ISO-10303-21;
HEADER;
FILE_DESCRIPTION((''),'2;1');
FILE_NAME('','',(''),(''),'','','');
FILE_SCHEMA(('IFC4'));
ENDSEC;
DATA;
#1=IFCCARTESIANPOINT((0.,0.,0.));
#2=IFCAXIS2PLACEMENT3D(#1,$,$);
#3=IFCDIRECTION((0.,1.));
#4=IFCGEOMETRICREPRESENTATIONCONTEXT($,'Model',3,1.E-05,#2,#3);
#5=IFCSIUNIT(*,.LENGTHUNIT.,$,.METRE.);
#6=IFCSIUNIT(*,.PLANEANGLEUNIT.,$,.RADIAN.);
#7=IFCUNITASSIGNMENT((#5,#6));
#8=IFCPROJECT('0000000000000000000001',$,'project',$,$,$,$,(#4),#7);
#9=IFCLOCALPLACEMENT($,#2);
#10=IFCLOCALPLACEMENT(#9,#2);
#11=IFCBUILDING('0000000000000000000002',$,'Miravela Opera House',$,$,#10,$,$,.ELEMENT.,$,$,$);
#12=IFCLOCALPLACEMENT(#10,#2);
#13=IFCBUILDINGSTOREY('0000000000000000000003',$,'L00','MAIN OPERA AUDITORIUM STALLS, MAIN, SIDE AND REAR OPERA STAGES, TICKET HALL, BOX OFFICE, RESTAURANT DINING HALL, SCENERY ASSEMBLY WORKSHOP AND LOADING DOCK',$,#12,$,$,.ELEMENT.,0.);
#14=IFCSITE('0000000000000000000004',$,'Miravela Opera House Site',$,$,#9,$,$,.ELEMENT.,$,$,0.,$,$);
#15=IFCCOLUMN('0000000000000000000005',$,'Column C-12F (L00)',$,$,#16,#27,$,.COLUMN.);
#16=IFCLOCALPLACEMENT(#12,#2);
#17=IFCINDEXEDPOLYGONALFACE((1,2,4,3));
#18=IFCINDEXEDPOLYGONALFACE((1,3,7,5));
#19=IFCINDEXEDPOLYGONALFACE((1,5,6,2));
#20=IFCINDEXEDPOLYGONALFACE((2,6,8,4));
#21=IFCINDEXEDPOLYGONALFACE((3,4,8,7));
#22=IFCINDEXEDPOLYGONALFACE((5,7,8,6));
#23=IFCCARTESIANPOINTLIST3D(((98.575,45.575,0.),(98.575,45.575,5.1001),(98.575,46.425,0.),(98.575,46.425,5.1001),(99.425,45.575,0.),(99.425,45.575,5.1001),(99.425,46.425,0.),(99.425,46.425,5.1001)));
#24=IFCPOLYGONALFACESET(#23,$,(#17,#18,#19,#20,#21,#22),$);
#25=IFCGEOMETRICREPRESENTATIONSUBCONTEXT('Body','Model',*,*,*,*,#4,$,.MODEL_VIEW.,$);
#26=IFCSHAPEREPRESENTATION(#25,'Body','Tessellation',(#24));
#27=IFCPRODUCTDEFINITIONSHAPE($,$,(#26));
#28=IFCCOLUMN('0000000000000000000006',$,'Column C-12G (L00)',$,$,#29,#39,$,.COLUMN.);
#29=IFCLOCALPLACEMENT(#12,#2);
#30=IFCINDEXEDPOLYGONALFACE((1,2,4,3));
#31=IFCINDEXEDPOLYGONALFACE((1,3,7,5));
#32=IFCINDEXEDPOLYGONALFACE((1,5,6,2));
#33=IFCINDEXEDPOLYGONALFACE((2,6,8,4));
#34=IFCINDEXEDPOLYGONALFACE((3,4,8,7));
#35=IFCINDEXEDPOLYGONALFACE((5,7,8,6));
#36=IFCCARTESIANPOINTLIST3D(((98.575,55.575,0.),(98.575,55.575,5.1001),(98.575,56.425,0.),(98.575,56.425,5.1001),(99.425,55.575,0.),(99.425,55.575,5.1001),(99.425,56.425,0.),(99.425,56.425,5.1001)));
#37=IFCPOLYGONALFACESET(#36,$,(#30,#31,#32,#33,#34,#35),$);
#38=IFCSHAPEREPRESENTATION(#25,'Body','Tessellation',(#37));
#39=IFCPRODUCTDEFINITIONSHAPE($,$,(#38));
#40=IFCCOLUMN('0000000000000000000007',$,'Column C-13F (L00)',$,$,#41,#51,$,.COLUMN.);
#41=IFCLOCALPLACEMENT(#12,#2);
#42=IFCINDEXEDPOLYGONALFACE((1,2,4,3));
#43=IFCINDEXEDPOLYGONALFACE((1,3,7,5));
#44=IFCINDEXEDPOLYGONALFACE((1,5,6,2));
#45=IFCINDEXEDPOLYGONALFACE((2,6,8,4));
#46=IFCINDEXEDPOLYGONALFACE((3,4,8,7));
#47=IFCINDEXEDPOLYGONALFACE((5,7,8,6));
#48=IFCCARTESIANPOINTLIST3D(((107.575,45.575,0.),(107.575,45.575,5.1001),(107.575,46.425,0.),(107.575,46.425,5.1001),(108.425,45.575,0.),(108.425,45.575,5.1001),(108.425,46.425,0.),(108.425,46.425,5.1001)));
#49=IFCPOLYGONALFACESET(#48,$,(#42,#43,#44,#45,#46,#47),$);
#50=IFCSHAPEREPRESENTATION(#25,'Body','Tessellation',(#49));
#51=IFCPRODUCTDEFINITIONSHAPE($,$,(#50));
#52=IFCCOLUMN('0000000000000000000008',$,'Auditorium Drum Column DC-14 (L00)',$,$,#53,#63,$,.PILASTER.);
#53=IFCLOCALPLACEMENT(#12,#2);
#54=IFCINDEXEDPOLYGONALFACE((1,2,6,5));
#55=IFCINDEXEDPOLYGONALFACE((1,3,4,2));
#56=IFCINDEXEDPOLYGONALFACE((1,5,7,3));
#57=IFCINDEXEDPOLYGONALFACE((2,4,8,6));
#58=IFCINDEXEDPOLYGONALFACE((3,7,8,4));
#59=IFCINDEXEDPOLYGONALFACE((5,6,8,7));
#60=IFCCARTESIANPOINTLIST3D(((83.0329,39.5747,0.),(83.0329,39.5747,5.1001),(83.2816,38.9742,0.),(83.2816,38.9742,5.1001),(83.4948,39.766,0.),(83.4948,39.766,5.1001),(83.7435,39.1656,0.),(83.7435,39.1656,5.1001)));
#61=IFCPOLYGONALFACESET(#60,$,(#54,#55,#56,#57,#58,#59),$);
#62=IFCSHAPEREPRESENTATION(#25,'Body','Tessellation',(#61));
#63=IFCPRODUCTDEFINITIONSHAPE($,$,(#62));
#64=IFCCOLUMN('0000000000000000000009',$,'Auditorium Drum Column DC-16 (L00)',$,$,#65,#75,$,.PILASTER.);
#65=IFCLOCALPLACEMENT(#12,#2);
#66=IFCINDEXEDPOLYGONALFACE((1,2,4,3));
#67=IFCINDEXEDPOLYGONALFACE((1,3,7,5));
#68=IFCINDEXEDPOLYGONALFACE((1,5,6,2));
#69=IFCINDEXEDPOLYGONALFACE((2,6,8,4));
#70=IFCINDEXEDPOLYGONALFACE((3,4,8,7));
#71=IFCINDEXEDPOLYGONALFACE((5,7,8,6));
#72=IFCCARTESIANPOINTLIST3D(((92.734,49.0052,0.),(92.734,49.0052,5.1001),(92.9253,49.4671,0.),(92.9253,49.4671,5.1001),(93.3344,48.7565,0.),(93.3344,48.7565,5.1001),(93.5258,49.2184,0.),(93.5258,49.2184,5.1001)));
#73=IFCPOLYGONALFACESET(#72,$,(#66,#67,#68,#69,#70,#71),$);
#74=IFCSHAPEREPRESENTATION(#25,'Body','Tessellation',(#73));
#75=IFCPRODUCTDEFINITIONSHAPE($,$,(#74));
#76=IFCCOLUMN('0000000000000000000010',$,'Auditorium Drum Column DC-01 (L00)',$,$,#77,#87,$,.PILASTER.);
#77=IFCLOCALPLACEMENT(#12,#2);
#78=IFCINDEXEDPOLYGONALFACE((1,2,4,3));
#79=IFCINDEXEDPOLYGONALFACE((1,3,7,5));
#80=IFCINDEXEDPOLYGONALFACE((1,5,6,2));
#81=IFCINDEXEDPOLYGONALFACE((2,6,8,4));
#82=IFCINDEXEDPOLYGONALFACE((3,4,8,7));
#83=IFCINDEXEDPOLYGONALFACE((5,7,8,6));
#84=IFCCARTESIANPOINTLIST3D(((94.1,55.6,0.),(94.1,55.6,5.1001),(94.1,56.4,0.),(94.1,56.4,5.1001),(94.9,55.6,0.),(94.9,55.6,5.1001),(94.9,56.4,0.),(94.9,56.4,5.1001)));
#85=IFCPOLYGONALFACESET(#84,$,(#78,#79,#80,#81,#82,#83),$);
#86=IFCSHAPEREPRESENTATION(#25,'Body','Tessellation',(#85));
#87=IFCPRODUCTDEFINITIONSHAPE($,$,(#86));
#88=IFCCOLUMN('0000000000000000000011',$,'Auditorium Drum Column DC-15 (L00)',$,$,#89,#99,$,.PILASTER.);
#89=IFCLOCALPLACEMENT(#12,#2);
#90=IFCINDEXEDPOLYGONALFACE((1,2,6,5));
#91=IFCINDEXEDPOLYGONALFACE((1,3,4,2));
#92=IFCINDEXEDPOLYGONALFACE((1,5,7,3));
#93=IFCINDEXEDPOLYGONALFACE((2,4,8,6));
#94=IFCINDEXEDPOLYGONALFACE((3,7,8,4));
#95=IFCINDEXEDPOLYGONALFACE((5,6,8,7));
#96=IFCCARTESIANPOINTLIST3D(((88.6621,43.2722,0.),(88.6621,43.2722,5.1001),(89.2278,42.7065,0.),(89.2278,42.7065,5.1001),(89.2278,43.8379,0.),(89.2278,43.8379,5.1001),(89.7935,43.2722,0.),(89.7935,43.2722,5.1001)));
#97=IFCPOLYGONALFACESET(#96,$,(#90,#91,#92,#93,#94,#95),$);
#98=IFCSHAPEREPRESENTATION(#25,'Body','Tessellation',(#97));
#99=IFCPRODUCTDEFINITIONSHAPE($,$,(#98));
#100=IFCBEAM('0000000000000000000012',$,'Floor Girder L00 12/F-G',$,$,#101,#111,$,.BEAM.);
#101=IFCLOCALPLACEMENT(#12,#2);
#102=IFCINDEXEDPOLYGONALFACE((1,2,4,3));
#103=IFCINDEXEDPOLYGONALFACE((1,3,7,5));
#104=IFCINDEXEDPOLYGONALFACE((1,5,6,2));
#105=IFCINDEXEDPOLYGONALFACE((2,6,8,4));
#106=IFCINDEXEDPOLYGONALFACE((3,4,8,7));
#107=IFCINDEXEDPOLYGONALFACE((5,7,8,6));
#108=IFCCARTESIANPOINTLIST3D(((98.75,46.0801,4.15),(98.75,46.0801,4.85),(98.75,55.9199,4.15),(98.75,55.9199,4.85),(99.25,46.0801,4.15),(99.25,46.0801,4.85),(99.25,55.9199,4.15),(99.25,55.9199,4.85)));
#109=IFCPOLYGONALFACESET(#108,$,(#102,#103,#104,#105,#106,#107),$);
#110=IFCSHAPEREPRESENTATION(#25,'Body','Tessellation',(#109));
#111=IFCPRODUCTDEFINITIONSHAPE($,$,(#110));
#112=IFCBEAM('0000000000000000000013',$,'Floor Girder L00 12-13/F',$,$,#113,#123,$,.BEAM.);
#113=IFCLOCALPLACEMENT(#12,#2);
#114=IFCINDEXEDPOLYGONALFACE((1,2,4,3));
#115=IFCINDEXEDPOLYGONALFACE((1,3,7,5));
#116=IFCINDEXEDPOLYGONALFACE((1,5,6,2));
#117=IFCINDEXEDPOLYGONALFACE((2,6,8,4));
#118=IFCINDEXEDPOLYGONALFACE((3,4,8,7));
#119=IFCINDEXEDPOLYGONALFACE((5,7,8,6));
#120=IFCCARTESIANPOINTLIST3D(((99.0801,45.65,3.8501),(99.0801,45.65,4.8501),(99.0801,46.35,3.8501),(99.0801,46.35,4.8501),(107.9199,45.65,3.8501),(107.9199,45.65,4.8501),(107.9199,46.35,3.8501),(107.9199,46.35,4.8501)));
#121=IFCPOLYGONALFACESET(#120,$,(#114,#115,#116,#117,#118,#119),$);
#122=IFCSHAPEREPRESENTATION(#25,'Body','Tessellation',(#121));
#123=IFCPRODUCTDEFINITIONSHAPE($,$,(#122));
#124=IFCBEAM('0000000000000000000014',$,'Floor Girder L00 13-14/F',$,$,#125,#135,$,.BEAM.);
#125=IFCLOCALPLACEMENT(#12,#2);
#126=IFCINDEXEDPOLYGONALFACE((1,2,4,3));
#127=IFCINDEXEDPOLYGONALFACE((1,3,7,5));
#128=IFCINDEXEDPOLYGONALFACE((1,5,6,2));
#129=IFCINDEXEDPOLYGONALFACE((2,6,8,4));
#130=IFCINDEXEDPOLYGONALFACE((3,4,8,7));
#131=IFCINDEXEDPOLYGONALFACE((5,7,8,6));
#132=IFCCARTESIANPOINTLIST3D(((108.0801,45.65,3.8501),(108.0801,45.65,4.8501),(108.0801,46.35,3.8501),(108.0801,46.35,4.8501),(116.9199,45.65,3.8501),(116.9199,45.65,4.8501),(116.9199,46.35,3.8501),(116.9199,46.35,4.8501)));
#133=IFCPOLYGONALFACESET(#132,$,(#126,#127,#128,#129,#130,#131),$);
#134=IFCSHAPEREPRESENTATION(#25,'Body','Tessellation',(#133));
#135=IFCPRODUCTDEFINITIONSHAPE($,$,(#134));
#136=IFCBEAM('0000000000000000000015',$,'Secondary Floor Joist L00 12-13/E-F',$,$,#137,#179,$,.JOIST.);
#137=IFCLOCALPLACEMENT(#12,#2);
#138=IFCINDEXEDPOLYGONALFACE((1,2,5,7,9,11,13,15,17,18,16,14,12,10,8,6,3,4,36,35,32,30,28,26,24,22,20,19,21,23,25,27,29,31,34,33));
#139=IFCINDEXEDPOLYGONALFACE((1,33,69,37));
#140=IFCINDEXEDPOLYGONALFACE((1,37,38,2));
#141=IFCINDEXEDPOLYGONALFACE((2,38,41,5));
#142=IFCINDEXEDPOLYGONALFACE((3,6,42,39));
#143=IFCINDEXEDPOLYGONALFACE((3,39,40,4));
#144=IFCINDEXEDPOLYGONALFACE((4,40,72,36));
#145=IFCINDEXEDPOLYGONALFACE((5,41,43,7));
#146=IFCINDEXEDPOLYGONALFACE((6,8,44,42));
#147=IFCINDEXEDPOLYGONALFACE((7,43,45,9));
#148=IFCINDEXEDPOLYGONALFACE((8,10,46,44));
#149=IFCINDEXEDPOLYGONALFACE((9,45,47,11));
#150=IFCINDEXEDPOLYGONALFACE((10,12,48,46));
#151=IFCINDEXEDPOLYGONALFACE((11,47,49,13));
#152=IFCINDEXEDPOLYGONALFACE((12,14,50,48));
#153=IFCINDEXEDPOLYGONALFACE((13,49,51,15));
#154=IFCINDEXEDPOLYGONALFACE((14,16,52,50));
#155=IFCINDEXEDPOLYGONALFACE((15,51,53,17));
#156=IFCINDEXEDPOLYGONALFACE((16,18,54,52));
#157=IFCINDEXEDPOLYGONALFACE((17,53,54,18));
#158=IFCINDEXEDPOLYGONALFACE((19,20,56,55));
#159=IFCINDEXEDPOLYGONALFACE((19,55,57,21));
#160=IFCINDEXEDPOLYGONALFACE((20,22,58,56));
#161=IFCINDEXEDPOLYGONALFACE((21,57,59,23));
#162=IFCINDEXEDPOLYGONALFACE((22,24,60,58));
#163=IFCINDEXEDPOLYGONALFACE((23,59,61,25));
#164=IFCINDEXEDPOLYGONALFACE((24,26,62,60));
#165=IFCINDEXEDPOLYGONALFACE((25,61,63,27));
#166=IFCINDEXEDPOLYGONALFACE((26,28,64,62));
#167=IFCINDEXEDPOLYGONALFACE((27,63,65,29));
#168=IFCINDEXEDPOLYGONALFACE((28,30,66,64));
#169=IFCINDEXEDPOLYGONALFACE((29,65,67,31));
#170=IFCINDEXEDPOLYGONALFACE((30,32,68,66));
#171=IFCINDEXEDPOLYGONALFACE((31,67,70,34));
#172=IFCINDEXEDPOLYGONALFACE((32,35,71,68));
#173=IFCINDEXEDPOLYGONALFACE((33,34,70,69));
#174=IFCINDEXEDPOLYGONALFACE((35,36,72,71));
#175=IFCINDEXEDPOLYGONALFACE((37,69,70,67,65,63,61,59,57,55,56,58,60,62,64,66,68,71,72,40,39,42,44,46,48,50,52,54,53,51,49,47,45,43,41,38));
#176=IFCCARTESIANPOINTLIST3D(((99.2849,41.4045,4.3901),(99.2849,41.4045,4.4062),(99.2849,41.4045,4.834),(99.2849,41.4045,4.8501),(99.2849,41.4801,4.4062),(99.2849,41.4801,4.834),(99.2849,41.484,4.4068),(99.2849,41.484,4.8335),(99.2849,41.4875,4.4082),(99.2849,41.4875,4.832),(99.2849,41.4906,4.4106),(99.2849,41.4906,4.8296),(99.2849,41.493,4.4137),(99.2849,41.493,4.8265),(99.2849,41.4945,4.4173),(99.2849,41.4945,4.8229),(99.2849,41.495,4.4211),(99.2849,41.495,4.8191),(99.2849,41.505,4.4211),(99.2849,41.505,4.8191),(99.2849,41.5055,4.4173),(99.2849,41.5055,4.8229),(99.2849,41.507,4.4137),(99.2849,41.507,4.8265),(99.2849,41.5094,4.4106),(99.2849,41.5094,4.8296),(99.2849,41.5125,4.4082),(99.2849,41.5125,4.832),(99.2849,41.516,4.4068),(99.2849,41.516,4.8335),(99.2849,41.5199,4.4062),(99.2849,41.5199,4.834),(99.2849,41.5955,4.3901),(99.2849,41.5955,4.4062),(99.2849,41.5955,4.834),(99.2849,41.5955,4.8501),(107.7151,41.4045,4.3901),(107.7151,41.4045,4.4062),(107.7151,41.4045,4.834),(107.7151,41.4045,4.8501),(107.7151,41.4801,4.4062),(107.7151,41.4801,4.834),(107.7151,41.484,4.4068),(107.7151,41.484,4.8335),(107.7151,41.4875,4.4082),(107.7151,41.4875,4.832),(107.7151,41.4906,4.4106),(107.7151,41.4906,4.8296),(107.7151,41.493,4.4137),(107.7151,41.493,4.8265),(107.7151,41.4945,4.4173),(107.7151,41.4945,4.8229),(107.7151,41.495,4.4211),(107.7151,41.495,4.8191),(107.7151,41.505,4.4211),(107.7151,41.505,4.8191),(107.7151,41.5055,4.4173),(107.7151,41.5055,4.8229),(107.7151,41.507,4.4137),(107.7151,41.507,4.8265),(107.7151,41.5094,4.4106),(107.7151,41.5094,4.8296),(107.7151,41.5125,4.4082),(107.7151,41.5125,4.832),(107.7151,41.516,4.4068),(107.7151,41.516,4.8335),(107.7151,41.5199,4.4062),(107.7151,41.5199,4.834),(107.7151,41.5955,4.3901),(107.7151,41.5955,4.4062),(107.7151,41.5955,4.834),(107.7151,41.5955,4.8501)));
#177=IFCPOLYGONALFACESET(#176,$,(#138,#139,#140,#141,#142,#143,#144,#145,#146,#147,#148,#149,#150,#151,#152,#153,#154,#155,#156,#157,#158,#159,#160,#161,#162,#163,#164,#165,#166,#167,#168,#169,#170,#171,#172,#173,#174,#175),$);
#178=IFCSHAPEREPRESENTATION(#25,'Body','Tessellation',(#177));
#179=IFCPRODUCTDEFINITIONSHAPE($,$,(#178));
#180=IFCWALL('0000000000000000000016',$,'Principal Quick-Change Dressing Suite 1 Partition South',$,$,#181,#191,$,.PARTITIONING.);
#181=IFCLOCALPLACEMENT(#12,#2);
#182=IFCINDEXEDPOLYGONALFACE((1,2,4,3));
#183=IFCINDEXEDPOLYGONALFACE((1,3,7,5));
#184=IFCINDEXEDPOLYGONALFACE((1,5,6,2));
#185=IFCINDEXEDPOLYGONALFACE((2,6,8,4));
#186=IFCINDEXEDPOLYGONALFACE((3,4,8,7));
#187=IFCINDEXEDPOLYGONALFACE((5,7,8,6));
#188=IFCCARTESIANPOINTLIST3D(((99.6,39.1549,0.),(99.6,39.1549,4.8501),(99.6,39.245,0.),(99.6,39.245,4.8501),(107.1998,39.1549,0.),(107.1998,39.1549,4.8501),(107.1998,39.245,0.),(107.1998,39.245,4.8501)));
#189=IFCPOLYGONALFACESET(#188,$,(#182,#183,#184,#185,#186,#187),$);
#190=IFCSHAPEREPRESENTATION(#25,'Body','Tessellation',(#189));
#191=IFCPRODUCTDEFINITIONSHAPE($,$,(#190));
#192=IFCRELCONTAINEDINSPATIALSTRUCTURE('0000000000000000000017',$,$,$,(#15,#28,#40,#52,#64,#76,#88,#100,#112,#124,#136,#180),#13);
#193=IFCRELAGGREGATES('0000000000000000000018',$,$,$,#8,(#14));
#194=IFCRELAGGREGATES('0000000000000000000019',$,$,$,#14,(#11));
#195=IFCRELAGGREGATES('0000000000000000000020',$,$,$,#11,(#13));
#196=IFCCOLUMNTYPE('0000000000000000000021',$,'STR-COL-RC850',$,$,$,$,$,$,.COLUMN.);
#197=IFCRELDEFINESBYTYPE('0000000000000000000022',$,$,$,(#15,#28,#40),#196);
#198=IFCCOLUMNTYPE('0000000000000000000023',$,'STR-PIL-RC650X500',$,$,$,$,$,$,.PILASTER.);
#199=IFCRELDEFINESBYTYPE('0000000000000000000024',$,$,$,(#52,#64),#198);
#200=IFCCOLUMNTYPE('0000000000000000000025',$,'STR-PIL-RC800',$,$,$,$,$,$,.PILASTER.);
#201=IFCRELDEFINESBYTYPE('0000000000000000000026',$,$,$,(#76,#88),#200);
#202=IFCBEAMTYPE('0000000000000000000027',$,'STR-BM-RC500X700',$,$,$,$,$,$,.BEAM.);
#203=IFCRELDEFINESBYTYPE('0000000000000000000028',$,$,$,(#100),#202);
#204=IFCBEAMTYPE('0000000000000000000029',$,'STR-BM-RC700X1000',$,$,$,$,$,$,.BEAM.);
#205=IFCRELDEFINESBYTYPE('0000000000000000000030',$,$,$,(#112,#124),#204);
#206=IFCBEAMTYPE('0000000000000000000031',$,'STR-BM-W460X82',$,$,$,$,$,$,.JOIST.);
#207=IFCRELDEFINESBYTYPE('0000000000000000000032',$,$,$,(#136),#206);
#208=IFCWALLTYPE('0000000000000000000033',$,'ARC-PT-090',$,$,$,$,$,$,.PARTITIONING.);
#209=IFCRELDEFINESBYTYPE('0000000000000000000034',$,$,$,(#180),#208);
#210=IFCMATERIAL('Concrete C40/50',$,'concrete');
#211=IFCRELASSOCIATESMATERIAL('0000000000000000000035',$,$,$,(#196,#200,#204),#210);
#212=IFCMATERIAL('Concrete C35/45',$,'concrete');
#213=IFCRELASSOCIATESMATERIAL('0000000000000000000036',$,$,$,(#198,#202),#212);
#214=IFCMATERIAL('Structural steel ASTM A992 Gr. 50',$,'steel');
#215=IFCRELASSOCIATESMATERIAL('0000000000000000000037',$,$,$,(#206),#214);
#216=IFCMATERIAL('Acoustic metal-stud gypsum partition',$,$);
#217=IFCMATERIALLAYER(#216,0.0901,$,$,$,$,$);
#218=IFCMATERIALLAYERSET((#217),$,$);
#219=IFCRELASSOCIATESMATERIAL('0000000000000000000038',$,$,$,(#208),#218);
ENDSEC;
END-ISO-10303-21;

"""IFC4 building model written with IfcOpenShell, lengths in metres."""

from ifc_helpers import new_model, si_unit, direction, frame, frame_2d, origin, origin_2d, place, context, subcontext, project, spatial, rectangle, i_section, extrude, material, layer, layer_set, material_profile, profile_set, type_object, element, save


model = new_model("IFC4")

# Units and contexts
model_context = context("Model", 3, precision=1e-05, world=origin(), true_north=direction((0.0, 1.0)))
body_context = subcontext(model_context, "Body", "Model", "MODEL_VIEW")
ifc_project = project(units=[si_unit("LENGTHUNIT", "METRE"), si_unit("PLANEANGLEUNIT", "RADIAN")], contexts=[model_context])

# Site, building, storey
site_placement = place(None, origin())
site = spatial("IfcSite", under=ifc_project, at=site_placement, Name="Miravela Opera House Site", CompositionType="ELEMENT", RefElevation=0.0)
building_placement = place(site_placement, origin())
building = spatial("IfcBuilding", under=site, at=building_placement, Name="Miravela Opera House", CompositionType="ELEMENT")
storey_placement = place(building_placement, origin())
storey = spatial("IfcBuildingStorey", under=building, at=storey_placement, Name="L00", Description="MAIN OPERA AUDITORIUM STALLS, MAIN, SIDE AND REAR OPERA STAGES, TICKET HALL, BOX OFFICE, RESTAURANT DINING HALL, SCENERY ASSEMBLY WORKSHOP AND LOADING DOCK", CompositionType="ELEMENT", Elevation=0.0)

# Columns
ifc_material_1 = material(Name="Concrete C40/50", Category="concrete")
ifc_material_profile_1 = material_profile(ifc_material_1, rectangle(XDim=0.8501, YDim=0.8501, at=origin_2d()), Name="RC-COL-850X850")
ifc_profile_set_1 = profile_set([ifc_material_profile_1])
column_type_1 = type_object("IfcColumnType", Name="STR-COL-RC850", PredefinedType="COLUMN", material=ifc_profile_set_1)
for number, where, z_axis, x_axis, name in (
    (1, (99.0, 46.0, 0.0), (0.0, 0.0, 1.0), (1.0, 0.0, 0.0), "Column C-12F (L00)"),
    (2, (99.0, 56.0, 0.0), (0.0, 0.0, 1.0), (1.0, 0.0, 0.0), "Column C-12G (L00)"),
    (3, (108.0, 46.0, 0.0), (0.0, 0.0, 1.0), (1.0, 0.0, 0.0), "Column C-13F (L00)"),
):
    element("IfcColumn", number, at=place(storey_placement, frame(where, z_axis=z_axis, x_axis=x_axis)), inside=storey, type_object=column_type_1, Name=name, PredefinedType="COLUMN", context=body_context, shape_type="SweptSolid", body=[
        extrude(rectangle(XDim=0.8501, YDim=0.8501, at=origin_2d()), origin(), (0.0, 0.0, 1.0), 5.1001),
    ])
ifc_material_2 = material(Name="Concrete C35/45", Category="concrete")
ifc_material_profile_2 = material_profile(ifc_material_2, rectangle(XDim=0.6499, YDim=0.5, at=origin_2d()), Name="RC-PIL-650X500")
ifc_profile_set_2 = profile_set([ifc_material_profile_2])
column_type_2 = type_object("IfcColumnType", Name="STR-PIL-RC650X500", PredefinedType="PILASTER", material=ifc_profile_set_2)
for number, where, z_axis, x_axis, name in (
    (4, (83.3882, 39.3701, 0.0), (0.0, 0.0, 1.0), (0.382683, -0.92388, 0.0), "Auditorium Drum Column DC-14 (L00)"),
    (5, (93.1299, 49.1118, 0.0), (0.0, 0.0, 1.0), (0.92388, -0.382683, 0.0), "Auditorium Drum Column DC-16 (L00)"),
):
    element("IfcColumn", number, at=place(storey_placement, frame(where, z_axis=z_axis, x_axis=x_axis)), inside=storey, type_object=column_type_2, Name=name, PredefinedType="PILASTER", context=body_context, shape_type="SweptSolid", body=[
        extrude(rectangle(XDim=0.6499, YDim=0.5, at=origin_2d()), origin(), (0.0, 0.0, 1.0), 5.1001),
    ])
ifc_material_profile_3 = material_profile(ifc_material_1, rectangle(XDim=0.8, YDim=0.8, at=origin_2d()), Name="RC-COL-800X800")
ifc_profile_set_3 = profile_set([ifc_material_profile_3])
column_type_3 = type_object("IfcColumnType", Name="STR-PIL-RC800", PredefinedType="PILASTER", material=ifc_profile_set_3)
for number, where, z_axis, x_axis, name in (
    (6, (94.5, 56.0, 0.0), (0.0, 0.0, 1.0), (1.0, 0.0, 0.0), "Auditorium Drum Column DC-01 (L00)"),
    (7, (89.2278, 43.2722, 0.0), (0.0, 0.0, 1.0), (0.707107, -0.707107, 0.0), "Auditorium Drum Column DC-15 (L00)"),
):
    element("IfcColumn", number, at=place(storey_placement, frame(where, z_axis=z_axis, x_axis=x_axis)), inside=storey, type_object=column_type_3, Name=name, PredefinedType="PILASTER", context=body_context, shape_type="SweptSolid", body=[
        extrude(rectangle(XDim=0.8, YDim=0.8, at=origin_2d()), origin(), (0.0, 0.0, 1.0), 5.1001),
    ])

# Beams
ifc_material_profile_4 = material_profile(ifc_material_2, rectangle(XDim=0.5, YDim=0.7, at=origin_2d()), Name="RC-BM-500X700")
ifc_profile_set_4 = profile_set([ifc_material_profile_4])
beam_type_1 = type_object("IfcBeamType", Name="STR-BM-RC500X700", PredefinedType="BEAM", material=ifc_profile_set_4)
beam_1_placement = place(storey_placement, frame((99.0, 46.0801, 4.5), z_axis=(0.0, 1.0, 0.0), x_axis=(-1.0, 0.0, 0.0)))
element("IfcBeam", 8, at=beam_1_placement, inside=storey, type_object=beam_type_1, Name="Floor Girder L00 12/F-G", PredefinedType="BEAM", context=body_context, shape_type="SweptSolid", body=[
    extrude(rectangle(XDim=0.5, YDim=0.7, at=origin_2d()), origin(), (0.0, 0.0, 1.0), 9.8398),
])
ifc_material_profile_5 = material_profile(ifc_material_1, rectangle(XDim=0.7, YDim=1.0, at=origin_2d()), Name="RC-BM-700X1000")
ifc_profile_set_5 = profile_set([ifc_material_profile_5])
beam_type_2 = type_object("IfcBeamType", Name="STR-BM-RC700X1000", PredefinedType="BEAM", material=ifc_profile_set_5)
for number, where, z_axis, x_axis, name in (
    (9, (99.0801, 46.0, 4.3501), (1.0, 0.0, 0.0), (0.0, 1.0, 0.0), "Floor Girder L00 12-13/F"),
    (10, (108.0801, 46.0, 4.3501), (1.0, 0.0, 0.0), (0.0, 1.0, 0.0), "Floor Girder L00 13-14/F"),
):
    element("IfcBeam", number, at=place(storey_placement, frame(where, z_axis=z_axis, x_axis=x_axis)), inside=storey, type_object=beam_type_2, Name=name, PredefinedType="BEAM", context=body_context, shape_type="SweptSolid", body=[
        extrude(rectangle(XDim=0.7, YDim=1.0, at=origin_2d()), origin(), (0.0, 0.0, 1.0), 8.8398),
    ])
ifc_material_3 = material(Name="Structural steel ASTM A992 Gr. 50", Category="steel")
ifc_material_profile_6 = material_profile(ifc_material_3, i_section(OverallWidth=0.1909, OverallDepth=0.46, WebThickness=0.01, FlangeThickness=0.0161, FilletRadius=0.0149, at=origin_2d()), Name="W460X82")
ifc_profile_set_6 = profile_set([ifc_material_profile_6])
beam_type_3 = type_object("IfcBeamType", Name="STR-BM-W460X82", PredefinedType="JOIST", material=ifc_profile_set_6)
beam_2_placement = place(storey_placement, frame((99.2849, 41.5, 4.6201), z_axis=(1.0, 0.0, 0.0), x_axis=(0.0, 1.0, 0.0)))
element("IfcBeam", 11, at=beam_2_placement, inside=storey, type_object=beam_type_3, Name="Secondary Floor Joist L00 12-13/E-F", PredefinedType="JOIST", context=body_context, shape_type="SweptSolid", body=[
    extrude(i_section(OverallWidth=0.1909, OverallDepth=0.46, WebThickness=0.01, FlangeThickness=0.0161, FilletRadius=0.0149, at=origin_2d()), origin(), (0.0, 0.0, 1.0), 8.4302),
])

# Wall
ifc_material_4 = material(Name="Acoustic metal-stud gypsum partition")
ifc_layer_1 = layer(ifc_material_4, 0.0901)
ifc_layer_set_1 = layer_set([ifc_layer_1])
wall_type_1 = type_object("IfcWallType", Name="ARC-PT-090", PredefinedType="PARTITIONING", material=ifc_layer_set_1)
wall_1_placement = place(storey_placement, frame((99.6001, 39.2, 0.0), z_axis=(0.0, 0.0, 1.0), x_axis=(1.0, 0.0, 0.0)))
element("IfcWall", 12, at=wall_1_placement, inside=storey, type_object=wall_type_1, Name="Principal Quick-Change Dressing Suite 1 Partition South", PredefinedType="PARTITIONING", context=body_context, shape_type="SweptSolid", body=[
    extrude(rectangle(XDim=7.5999, YDim=0.0901, at=frame_2d((3.7998, 0.0))), origin(), (0.0, 0.0, 1.0), 4.8501),
])

save(model, "model.ifc")
